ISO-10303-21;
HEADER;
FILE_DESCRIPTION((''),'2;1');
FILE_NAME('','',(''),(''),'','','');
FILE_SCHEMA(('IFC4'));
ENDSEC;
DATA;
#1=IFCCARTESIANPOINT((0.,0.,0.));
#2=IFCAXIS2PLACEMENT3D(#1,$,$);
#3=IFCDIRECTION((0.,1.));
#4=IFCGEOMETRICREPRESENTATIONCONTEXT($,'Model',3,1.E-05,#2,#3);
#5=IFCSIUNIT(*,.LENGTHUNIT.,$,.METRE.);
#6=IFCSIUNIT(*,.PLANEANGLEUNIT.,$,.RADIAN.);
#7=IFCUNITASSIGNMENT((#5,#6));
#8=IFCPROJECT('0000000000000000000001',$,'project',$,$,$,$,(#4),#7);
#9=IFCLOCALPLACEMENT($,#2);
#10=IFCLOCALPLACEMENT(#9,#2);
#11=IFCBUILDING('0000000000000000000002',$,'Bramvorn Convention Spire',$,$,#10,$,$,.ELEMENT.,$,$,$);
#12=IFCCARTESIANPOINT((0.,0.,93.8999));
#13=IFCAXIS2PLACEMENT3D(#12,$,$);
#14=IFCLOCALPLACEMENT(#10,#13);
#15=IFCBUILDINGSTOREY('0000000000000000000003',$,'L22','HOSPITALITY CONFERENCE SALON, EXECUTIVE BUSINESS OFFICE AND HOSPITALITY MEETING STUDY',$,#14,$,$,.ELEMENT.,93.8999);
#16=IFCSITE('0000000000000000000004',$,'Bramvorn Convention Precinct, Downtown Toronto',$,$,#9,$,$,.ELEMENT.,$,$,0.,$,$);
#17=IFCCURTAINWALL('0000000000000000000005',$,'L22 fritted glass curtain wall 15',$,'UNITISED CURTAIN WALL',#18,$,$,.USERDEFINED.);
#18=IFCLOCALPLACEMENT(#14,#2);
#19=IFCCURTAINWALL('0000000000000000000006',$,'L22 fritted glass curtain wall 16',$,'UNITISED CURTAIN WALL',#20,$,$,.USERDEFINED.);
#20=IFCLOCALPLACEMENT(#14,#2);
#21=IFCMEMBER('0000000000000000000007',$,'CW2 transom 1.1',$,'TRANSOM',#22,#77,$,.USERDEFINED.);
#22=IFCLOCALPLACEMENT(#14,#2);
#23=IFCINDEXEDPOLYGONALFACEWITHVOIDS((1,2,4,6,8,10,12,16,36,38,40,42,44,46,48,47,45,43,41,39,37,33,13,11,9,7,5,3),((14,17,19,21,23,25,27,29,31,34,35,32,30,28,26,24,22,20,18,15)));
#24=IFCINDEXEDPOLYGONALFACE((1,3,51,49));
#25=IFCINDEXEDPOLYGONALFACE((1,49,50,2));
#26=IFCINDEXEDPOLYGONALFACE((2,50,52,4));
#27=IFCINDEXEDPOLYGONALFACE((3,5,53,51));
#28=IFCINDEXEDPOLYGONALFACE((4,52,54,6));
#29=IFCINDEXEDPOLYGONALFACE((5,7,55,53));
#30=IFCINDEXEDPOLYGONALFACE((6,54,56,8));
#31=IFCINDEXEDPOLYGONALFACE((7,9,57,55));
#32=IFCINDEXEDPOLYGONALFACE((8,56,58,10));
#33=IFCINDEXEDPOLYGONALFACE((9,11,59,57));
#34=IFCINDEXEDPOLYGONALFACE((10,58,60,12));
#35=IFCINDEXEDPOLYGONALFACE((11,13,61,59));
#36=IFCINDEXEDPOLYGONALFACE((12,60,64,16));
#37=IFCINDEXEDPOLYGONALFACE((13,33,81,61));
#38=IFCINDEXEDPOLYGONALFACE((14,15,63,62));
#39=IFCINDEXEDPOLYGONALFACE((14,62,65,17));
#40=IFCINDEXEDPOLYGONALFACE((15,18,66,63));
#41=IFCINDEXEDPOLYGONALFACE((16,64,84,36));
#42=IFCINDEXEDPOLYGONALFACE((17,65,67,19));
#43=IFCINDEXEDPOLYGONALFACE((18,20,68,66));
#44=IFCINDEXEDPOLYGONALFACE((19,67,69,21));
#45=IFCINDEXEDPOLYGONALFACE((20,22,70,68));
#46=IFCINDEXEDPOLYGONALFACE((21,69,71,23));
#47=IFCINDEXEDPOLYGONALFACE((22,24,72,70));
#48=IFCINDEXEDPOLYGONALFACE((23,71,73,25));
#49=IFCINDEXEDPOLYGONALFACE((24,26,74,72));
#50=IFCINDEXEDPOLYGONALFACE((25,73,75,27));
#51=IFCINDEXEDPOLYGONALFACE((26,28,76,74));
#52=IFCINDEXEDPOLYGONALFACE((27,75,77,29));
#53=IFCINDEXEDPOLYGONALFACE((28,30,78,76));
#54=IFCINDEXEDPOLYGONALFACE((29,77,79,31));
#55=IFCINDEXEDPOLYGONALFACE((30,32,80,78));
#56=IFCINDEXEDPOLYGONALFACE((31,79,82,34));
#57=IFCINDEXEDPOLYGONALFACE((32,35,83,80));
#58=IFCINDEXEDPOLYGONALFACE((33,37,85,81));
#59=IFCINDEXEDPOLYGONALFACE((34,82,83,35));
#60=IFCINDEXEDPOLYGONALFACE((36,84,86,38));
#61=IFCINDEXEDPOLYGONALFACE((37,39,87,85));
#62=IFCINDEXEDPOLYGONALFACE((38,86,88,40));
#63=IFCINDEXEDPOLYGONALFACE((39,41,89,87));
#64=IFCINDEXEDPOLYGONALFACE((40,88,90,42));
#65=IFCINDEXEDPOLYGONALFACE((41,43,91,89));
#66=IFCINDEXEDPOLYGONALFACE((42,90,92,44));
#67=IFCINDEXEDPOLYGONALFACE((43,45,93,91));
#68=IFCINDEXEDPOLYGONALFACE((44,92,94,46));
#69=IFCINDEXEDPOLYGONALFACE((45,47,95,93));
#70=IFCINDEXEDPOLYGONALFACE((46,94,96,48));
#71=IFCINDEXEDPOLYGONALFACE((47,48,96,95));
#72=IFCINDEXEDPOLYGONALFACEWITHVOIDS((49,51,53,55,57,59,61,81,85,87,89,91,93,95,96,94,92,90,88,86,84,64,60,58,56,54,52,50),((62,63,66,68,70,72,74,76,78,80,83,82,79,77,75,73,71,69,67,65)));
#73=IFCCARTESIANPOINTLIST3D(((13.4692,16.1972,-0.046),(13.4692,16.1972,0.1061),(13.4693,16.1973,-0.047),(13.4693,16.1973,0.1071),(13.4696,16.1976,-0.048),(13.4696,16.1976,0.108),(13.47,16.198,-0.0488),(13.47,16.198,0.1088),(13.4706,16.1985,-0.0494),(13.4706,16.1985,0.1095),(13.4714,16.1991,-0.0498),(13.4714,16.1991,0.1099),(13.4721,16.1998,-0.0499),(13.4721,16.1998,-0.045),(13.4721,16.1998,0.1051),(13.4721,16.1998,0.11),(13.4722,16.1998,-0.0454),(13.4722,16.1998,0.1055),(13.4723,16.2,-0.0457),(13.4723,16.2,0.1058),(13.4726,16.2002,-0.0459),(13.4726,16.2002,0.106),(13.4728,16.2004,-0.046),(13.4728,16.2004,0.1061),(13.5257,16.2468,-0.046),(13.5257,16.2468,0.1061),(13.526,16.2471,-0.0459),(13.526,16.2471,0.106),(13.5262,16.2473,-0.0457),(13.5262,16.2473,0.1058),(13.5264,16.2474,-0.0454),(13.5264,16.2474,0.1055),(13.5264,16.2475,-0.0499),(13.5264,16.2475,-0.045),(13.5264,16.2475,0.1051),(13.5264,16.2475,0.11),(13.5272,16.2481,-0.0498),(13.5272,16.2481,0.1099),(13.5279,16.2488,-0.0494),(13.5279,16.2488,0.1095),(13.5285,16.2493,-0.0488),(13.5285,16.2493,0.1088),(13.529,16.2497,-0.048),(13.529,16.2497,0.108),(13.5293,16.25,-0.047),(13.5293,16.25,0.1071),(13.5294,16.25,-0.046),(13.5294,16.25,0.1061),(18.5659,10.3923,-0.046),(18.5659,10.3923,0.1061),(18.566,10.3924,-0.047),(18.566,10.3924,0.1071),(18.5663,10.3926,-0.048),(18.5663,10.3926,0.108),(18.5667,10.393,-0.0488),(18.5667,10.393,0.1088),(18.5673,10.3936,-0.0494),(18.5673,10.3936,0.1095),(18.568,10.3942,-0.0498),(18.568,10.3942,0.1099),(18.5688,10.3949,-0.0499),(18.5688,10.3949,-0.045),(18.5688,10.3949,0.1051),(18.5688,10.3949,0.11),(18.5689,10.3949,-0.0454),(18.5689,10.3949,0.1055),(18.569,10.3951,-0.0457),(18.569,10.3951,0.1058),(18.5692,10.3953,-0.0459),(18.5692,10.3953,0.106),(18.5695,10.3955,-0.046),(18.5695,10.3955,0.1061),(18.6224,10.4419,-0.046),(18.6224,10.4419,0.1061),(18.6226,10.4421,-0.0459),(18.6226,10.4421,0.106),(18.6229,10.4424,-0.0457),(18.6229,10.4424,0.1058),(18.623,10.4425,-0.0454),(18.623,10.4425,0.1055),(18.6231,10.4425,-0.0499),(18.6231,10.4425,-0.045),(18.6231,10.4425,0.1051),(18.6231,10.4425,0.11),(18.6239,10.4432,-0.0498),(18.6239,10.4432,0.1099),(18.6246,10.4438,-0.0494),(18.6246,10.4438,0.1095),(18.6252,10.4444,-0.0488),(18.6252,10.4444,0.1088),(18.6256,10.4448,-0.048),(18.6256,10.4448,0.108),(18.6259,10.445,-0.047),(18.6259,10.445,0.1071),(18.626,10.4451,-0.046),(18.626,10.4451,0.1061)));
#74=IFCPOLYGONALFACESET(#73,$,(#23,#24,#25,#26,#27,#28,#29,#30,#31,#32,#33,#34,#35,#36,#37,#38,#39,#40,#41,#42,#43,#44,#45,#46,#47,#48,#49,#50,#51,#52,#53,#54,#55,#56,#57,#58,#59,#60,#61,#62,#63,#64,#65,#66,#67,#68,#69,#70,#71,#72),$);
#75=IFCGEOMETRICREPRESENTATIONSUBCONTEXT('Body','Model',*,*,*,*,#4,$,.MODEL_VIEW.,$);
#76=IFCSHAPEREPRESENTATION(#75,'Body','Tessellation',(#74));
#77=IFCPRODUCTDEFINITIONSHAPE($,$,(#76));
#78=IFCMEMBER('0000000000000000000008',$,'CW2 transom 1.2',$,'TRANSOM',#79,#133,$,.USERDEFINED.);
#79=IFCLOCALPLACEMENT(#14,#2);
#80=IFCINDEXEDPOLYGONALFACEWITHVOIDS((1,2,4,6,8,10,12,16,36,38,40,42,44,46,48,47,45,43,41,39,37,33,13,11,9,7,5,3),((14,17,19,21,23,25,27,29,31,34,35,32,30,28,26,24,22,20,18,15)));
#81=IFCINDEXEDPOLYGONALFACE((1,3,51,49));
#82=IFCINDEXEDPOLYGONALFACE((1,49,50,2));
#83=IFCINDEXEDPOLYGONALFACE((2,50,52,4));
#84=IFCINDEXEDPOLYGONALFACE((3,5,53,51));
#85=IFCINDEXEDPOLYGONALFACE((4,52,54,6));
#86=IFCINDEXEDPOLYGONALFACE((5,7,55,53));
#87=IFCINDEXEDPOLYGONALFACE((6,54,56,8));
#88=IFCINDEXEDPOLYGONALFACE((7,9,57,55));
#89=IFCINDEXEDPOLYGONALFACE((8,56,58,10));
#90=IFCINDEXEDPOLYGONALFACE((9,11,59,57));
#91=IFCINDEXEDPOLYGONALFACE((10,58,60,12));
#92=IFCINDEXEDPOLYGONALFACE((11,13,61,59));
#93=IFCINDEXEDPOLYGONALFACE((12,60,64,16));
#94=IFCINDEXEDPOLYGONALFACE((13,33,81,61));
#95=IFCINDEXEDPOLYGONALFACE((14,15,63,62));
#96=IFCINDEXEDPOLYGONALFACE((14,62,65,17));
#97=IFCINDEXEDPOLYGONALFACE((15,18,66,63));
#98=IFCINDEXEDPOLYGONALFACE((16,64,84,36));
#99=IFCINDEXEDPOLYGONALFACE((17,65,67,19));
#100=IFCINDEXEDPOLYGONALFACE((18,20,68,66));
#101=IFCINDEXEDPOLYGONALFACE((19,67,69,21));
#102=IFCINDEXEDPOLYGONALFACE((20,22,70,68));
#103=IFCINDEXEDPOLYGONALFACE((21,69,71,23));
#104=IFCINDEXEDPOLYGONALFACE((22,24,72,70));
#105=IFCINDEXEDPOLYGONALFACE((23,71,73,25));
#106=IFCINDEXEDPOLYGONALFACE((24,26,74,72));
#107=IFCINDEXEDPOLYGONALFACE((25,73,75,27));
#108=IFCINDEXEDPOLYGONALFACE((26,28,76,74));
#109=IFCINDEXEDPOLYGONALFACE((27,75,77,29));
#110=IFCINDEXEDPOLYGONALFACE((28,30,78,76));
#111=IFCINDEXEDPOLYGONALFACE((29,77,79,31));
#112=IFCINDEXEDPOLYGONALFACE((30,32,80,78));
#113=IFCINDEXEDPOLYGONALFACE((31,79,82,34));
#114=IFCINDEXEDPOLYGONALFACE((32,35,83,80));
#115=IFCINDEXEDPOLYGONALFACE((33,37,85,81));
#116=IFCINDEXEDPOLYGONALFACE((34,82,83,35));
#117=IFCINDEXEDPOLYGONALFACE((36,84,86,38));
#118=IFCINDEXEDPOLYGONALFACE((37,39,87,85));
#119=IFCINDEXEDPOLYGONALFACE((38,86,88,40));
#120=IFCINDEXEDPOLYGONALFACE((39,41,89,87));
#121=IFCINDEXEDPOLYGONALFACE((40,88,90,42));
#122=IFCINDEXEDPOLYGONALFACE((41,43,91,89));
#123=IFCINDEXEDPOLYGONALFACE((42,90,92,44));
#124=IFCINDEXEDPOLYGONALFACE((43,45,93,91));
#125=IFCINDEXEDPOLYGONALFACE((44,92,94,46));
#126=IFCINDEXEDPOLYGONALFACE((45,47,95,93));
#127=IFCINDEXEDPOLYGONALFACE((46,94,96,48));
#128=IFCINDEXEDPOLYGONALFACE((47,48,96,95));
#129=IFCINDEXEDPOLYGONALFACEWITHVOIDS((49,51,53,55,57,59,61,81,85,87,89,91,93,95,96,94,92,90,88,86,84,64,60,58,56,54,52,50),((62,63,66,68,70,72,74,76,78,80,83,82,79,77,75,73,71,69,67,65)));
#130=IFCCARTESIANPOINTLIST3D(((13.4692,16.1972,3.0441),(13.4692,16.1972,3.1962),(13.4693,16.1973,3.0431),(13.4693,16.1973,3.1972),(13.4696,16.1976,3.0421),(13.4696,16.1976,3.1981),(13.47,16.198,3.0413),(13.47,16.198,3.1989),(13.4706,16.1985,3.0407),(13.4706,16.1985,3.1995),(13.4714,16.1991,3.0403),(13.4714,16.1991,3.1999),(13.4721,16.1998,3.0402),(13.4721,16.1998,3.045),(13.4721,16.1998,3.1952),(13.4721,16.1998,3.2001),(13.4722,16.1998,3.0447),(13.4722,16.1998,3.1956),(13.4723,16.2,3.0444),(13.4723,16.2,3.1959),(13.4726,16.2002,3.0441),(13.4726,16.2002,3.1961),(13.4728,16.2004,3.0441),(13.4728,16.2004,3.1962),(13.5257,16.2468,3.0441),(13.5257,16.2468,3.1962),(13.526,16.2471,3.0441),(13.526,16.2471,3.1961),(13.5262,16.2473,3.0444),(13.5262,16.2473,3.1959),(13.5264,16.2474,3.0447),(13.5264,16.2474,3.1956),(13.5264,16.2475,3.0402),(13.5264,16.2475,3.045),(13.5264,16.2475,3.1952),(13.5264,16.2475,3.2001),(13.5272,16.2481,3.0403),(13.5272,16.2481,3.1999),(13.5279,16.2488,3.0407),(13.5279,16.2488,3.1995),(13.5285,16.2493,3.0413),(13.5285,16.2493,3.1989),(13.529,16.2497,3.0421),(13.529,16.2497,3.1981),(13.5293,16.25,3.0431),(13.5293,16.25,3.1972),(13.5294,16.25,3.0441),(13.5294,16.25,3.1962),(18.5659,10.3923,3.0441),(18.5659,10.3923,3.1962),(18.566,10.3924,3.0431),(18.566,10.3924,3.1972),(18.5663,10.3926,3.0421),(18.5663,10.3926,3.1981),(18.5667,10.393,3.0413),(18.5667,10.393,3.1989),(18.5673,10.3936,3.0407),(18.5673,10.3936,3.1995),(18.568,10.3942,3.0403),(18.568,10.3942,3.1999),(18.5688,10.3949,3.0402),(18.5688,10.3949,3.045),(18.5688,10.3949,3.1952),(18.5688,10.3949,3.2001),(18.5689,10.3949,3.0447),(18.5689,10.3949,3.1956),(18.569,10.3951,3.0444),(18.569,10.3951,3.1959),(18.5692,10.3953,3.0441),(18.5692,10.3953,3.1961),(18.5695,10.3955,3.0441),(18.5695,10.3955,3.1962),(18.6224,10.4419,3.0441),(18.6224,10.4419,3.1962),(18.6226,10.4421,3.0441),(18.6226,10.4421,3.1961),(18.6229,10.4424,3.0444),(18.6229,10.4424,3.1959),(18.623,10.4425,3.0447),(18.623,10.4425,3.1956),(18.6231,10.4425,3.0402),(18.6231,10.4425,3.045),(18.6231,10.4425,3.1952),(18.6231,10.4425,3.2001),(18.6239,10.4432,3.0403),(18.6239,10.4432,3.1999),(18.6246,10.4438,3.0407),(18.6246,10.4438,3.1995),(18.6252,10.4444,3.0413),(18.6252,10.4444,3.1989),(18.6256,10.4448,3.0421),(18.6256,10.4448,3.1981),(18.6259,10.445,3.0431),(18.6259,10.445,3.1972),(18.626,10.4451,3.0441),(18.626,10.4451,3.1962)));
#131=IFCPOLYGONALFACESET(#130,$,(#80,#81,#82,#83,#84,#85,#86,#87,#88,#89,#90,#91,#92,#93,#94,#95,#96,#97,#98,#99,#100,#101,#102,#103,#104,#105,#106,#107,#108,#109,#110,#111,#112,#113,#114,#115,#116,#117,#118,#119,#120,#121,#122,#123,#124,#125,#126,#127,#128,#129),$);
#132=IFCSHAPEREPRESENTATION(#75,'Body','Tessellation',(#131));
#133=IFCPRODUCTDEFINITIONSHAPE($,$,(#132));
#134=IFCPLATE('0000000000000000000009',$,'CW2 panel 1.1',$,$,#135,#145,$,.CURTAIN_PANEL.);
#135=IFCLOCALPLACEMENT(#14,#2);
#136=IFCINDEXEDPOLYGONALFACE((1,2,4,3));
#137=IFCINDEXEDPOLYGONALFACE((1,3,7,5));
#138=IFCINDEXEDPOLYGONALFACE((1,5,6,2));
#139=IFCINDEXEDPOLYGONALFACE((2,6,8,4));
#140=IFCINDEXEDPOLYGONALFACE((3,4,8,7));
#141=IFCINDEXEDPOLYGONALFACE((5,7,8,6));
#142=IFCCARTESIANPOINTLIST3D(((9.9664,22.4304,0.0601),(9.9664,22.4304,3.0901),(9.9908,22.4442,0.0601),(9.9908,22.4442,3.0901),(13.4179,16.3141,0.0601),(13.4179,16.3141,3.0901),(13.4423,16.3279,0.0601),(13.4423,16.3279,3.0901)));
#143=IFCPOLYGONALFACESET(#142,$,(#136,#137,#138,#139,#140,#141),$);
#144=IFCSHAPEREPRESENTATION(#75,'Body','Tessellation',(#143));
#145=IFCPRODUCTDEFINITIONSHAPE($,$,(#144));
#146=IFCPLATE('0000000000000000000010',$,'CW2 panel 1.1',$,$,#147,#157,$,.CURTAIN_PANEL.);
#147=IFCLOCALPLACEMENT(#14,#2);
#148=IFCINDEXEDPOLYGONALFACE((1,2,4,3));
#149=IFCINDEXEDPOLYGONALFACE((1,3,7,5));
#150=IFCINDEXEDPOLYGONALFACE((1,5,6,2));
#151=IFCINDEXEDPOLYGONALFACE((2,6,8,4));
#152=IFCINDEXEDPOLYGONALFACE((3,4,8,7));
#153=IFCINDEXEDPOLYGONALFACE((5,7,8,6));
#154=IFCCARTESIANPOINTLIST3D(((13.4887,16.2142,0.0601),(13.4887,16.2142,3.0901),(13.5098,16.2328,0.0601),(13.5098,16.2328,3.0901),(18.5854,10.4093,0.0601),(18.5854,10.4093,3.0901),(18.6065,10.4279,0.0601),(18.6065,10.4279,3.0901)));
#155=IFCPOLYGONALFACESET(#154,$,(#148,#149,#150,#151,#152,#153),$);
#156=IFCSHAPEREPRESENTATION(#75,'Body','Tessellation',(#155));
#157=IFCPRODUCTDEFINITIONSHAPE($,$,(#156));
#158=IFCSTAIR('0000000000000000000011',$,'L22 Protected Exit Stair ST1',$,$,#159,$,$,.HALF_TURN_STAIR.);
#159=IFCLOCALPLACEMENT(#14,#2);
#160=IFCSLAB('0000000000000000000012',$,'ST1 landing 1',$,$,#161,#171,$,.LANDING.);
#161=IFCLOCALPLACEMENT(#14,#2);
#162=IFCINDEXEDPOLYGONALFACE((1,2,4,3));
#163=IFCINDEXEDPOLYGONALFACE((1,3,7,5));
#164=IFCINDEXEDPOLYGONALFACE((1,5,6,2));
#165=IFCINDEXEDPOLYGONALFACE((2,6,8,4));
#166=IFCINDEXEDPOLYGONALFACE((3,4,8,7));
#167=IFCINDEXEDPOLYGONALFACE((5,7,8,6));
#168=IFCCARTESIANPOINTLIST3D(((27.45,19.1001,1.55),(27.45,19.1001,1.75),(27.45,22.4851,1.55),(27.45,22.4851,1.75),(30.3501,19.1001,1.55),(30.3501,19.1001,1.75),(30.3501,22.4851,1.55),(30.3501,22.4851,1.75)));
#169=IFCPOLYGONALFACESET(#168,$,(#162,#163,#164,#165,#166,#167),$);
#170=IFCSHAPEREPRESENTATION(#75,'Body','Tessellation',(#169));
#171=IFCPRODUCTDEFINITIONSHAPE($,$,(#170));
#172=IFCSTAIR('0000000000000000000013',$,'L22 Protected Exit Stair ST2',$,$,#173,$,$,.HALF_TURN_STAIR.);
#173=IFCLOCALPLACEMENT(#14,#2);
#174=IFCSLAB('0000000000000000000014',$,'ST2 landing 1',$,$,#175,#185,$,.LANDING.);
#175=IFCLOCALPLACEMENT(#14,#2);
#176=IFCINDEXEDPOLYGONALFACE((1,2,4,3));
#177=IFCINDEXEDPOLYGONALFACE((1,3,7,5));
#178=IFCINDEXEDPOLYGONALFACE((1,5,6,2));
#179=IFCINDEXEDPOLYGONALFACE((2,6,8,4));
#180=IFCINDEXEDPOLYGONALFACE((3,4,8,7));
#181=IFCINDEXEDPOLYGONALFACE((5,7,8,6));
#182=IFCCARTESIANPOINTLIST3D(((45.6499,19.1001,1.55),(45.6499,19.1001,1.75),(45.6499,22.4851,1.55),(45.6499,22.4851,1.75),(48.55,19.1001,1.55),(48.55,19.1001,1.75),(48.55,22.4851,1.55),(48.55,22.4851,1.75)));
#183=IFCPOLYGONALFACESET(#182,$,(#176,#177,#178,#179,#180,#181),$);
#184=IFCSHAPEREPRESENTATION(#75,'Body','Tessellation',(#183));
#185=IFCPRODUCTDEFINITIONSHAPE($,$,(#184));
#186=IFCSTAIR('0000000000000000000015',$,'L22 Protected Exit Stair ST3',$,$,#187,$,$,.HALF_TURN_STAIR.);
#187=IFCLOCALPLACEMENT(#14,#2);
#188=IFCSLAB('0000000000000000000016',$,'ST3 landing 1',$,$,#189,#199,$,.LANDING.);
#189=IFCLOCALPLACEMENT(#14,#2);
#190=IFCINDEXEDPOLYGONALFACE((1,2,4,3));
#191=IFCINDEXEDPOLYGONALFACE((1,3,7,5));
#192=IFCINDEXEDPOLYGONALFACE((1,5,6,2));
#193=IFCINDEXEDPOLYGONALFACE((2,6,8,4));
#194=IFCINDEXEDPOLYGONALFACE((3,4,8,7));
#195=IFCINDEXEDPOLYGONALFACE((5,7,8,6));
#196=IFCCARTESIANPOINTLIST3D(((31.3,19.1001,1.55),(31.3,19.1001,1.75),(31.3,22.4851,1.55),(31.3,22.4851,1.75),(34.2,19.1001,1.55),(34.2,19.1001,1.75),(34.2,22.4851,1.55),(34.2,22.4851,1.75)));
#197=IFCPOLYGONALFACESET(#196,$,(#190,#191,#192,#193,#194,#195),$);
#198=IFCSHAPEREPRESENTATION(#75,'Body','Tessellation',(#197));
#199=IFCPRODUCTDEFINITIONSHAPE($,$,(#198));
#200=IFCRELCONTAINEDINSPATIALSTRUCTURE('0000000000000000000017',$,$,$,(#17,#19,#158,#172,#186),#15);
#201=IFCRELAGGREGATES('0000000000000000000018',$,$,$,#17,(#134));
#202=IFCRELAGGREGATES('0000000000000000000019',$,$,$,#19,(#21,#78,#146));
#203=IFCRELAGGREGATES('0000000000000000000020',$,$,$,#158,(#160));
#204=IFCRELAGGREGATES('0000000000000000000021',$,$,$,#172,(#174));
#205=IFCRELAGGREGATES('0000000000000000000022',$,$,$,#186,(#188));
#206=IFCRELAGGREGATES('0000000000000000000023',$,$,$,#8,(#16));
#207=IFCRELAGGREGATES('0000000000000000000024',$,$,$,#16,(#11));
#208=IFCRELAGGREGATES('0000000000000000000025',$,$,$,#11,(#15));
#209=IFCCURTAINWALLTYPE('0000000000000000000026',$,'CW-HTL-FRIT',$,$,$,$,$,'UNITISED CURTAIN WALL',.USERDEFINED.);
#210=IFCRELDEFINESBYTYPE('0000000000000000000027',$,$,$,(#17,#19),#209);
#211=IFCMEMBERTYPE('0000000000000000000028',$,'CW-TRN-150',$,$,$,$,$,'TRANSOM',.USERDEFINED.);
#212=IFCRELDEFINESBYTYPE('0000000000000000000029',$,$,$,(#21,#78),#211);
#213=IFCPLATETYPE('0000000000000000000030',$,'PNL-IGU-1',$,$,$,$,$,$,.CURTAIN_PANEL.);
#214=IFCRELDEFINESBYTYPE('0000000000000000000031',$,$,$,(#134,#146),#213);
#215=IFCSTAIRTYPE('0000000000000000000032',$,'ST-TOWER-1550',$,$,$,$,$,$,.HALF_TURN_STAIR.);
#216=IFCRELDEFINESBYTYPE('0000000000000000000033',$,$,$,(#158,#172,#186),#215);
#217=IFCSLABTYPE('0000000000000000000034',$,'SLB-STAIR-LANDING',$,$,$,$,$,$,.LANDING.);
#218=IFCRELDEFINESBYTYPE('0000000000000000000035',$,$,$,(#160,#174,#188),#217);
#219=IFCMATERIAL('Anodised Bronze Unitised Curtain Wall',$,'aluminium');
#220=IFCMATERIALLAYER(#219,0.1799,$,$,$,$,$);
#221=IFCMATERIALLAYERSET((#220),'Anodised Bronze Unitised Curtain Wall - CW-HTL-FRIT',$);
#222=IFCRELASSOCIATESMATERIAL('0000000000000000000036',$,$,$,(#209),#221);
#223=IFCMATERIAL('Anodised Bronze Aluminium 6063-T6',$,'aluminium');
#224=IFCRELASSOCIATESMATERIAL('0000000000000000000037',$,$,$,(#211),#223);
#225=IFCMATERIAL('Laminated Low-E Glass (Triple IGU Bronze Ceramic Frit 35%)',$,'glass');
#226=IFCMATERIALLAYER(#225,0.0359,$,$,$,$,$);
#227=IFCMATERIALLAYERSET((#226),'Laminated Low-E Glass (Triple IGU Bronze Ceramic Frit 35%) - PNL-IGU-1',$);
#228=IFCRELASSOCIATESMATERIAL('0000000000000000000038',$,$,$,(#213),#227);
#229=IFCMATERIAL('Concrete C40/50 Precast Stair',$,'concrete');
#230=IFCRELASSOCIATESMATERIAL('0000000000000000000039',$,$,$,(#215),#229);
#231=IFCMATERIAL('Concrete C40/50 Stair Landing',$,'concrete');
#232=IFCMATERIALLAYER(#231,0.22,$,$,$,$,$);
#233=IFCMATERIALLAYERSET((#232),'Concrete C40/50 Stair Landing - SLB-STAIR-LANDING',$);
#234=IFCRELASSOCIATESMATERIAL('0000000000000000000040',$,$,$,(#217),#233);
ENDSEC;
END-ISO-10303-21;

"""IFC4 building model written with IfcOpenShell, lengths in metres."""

from ifc_helpers import new_model, si_unit, direction, frame, origin, origin_2d, place, context, subcontext, project, spatial, polyline, rectangle, hollow_rectangle, outline, extrude, material, layer, layer_set, material_profile, profile_set, type_object, element, aggregate, save


model = new_model("IFC4")

# Units and contexts
model_context = context("Model", 3, precision=1e-05, world=origin(), true_north=direction((0.0, 1.0)))
body_context = subcontext(model_context, "Body", "Model", "MODEL_VIEW")
ifc_project = project(units=[si_unit("LENGTHUNIT", "METRE"), si_unit("PLANEANGLEUNIT", "RADIAN")], contexts=[model_context])

# Site, building, storey
site_placement = place(None, origin())
site = spatial("IfcSite", under=ifc_project, at=site_placement, Name="Bramvorn Convention Precinct, Downtown Toronto", CompositionType="ELEMENT", RefElevation=0.0)
building_placement = place(site_placement, origin())
building = spatial("IfcBuilding", under=site, at=building_placement, Name="Bramvorn Convention Spire", CompositionType="ELEMENT")
storey_placement = place(building_placement, frame((0.0, 0.0, 93.8999)))
storey = spatial("IfcBuildingStorey", under=building, at=storey_placement, Name="L22", Description="HOSPITALITY CONFERENCE SALON, EXECUTIVE BUSINESS OFFICE AND HOSPITALITY MEETING STUDY", CompositionType="ELEMENT", Elevation=93.8999)

# Curtain walls
ifc_material_1 = material(Name="Anodised Bronze Unitised Curtain Wall", Category="aluminium")
ifc_layer_1 = layer(ifc_material_1, 0.1799)
ifc_layer_set_1 = layer_set([ifc_layer_1], Name="Anodised Bronze Unitised Curtain Wall - CW-HTL-FRIT")
curtain_wall_type = type_object("IfcCurtainWallType", Name="CW-HTL-FRIT", ElementType="UNITISED CURTAIN WALL", PredefinedType="USERDEFINED", material=ifc_layer_set_1)
curtain_wall_1_placement = place(storey_placement, origin())
curtain_wall_1 = element("IfcCurtainWall", 1, at=curtain_wall_1_placement, inside=storey, type_object=curtain_wall_type, Name="L22 fritted glass curtain wall 15", ObjectType="UNITISED CURTAIN WALL", PredefinedType="USERDEFINED")
ifc_material_2 = material(Name="Anodised Bronze Aluminium 6063-T6", Category="aluminium")
curtain_wall_2_placement = place(storey_placement, origin())
curtain_wall_2 = element("IfcCurtainWall", 2, at=curtain_wall_2_placement, inside=storey, type_object=curtain_wall_type, Name="L22 fritted glass curtain wall 16", ObjectType="UNITISED CURTAIN WALL", PredefinedType="USERDEFINED")

# Members
ifc_material_profile_1 = material_profile(ifc_material_2, hollow_rectangle(XDim=0.0801, YDim=0.1599, WallThickness=0.0039, InnerFilletRadius=0.001, OuterFilletRadius=0.0039, at=origin_2d()))
ifc_profile_set_1 = profile_set([ifc_material_profile_1], Name="Anodised Bronze Aluminium 6063-T6 - CWT80X160")
member_type_1 = type_object("IfcMemberType", Name="CW-TRN-150", ElementType="TRANSOM", PredefinedType="USERDEFINED", material=ifc_profile_set_1)
member_1_placement = place(storey_placement, frame((18.5959, 10.4187, 0.03), z_axis=(-0.659777, 0.751462, 0.0), x_axis=(-0.751462, -0.659777, 0.0)))
member_1 = element("IfcMember", 3, at=member_1_placement, type_object=member_type_1, Name="CW2 transom 1.1", ObjectType="TRANSOM", PredefinedType="USERDEFINED", context=body_context, shape_type="SweptSolid", body=[
    extrude(hollow_rectangle(XDim=0.0801, YDim=0.1599, WallThickness=0.0039, InnerFilletRadius=0.001, OuterFilletRadius=0.0039, at=origin_2d()), origin(), (0.0, 0.0, 1.0), 7.7249),
])
member_2_placement = place(storey_placement, frame((18.5959, 10.4187, 3.1201), z_axis=(-0.659777, 0.751462, 0.0), x_axis=(-0.751462, -0.659777, 0.0)))
member_2 = element("IfcMember", 4, at=member_2_placement, type_object=member_type_1, Name="CW2 transom 1.2", ObjectType="TRANSOM", PredefinedType="USERDEFINED", context=body_context, shape_type="SweptSolid", body=[
    extrude(hollow_rectangle(XDim=0.0801, YDim=0.1599, WallThickness=0.0039, InnerFilletRadius=0.001, OuterFilletRadius=0.0039, at=origin_2d()), origin(), (0.0, 0.0, 1.0), 7.7249),
])

# Plates
ifc_material_3 = material(Name="Laminated Low-E Glass (Triple IGU Bronze Ceramic Frit 35%)", Category="glass")
ifc_layer_2 = layer(ifc_material_3, 0.0359)
ifc_layer_set_2 = layer_set([ifc_layer_2], Name="Laminated Low-E Glass (Triple IGU Bronze Ceramic Frit 35%) - PNL-IGU-1")
plate_type = type_object("IfcPlateType", Name="PNL-IGU-1", PredefinedType="CURTAIN_PANEL", material=ifc_layer_set_2)
plate_1_placement = place(storey_placement, frame((11.7043, 19.3792, 0.0601), z_axis=(0.0, 0.0, 1.0), x_axis=(-0.491458, 0.870901, 0.0)))
plate_1 = element("IfcPlate", 5, at=plate_1_placement, type_object=plate_type, Name="CW2 panel 1.1", PredefinedType="CURTAIN_PANEL", context=body_context, shape_type="SweptSolid", body=[
    extrude(rectangle(XDim=7.0229, YDim=0.0281, at=origin_2d()), origin(), (0.0, 0.0, 1.0), 3.03),
])
aggregate(curtain_wall_1, [plate_1])
plate_2_placement = place(storey_placement, frame((16.0476, 13.321, 0.0601), z_axis=(0.0, 0.0, 1.0), x_axis=(-0.659781, 0.751458, 0.0)))
plate_2 = element("IfcPlate", 6, at=plate_2_placement, type_object=plate_type, Name="CW2 panel 1.1", PredefinedType="CURTAIN_PANEL", context=body_context, shape_type="SweptSolid", body=[
    extrude(rectangle(XDim=7.7249, YDim=0.0281, at=origin_2d()), origin(), (0.0, 0.0, 1.0), 3.03),
])
aggregate(curtain_wall_2, [member_1, member_2, plate_2])

# Stairs, slabs
ifc_material_4 = material(Name="Concrete C40/50 Precast Stair", Category="concrete")
stair_type = type_object("IfcStairType", Name="ST-TOWER-1550", PredefinedType="HALF_TURN_STAIR", material=ifc_material_4)
stair_1_placement = place(storey_placement, origin())
stair_1 = element("IfcStair", 7, at=stair_1_placement, inside=storey, type_object=stair_type, Name="L22 Protected Exit Stair ST1", PredefinedType="HALF_TURN_STAIR")
ifc_material_5 = material(Name="Concrete C40/50 Stair Landing", Category="concrete")
ifc_layer_3 = layer(ifc_material_5, 0.22)
ifc_layer_set_3 = layer_set([ifc_layer_3], Name="Concrete C40/50 Stair Landing - SLB-STAIR-LANDING")
slab_type_1 = type_object("IfcSlabType", Name="SLB-STAIR-LANDING", PredefinedType="LANDING", material=ifc_layer_set_3)
slab_1_placement = place(storey_placement, frame((0.0, 0.0, 1.55)))
slab_1 = element("IfcSlab", 8, at=slab_1_placement, type_object=slab_type_1, Name="ST1 landing 1", PredefinedType="LANDING", context=body_context, shape_type="SweptSolid", body=[
    extrude(outline(polyline([(27.45, 22.4851), (27.45, 19.1001), (30.3501, 19.1001), (30.3501, 22.4851), (27.45, 22.4851)])), origin(), (0.0, 0.0, 1.0), 0.2),
])
aggregate(stair_1, [slab_1])
stair_2_placement = place(storey_placement, origin())
stair_2 = element("IfcStair", 9, at=stair_2_placement, inside=storey, type_object=stair_type, Name="L22 Protected Exit Stair ST2", PredefinedType="HALF_TURN_STAIR")
slab_2_placement = place(storey_placement, frame((0.0, 0.0, 1.55)))
slab_2 = element("IfcSlab", 10, at=slab_2_placement, type_object=slab_type_1, Name="ST2 landing 1", PredefinedType="LANDING", context=body_context, shape_type="SweptSolid", body=[
    extrude(outline(polyline([(45.6499, 22.4851), (45.6499, 19.1001), (48.55, 19.1001), (48.55, 22.4851), (45.6499, 22.4851)])), origin(), (0.0, 0.0, 1.0), 0.2),
])
aggregate(stair_2, [slab_2])
stair_3_placement = place(storey_placement, origin())
stair_3 = element("IfcStair", 11, at=stair_3_placement, inside=storey, type_object=stair_type, Name="L22 Protected Exit Stair ST3", PredefinedType="HALF_TURN_STAIR")
slab_3_placement = place(storey_placement, frame((0.0, 0.0, 1.55)))
slab_3 = element("IfcSlab", 12, at=slab_3_placement, type_object=slab_type_1, Name="ST3 landing 1", PredefinedType="LANDING", context=body_context, shape_type="SweptSolid", body=[
    extrude(outline(polyline([(31.3, 22.4851), (31.3, 19.1001), (34.2, 19.1001), (34.2, 22.4851), (31.3, 22.4851)])), origin(), (0.0, 0.0, 1.0), 0.2),
])
aggregate(stair_3, [slab_3])

save(model, "model.ifc")
